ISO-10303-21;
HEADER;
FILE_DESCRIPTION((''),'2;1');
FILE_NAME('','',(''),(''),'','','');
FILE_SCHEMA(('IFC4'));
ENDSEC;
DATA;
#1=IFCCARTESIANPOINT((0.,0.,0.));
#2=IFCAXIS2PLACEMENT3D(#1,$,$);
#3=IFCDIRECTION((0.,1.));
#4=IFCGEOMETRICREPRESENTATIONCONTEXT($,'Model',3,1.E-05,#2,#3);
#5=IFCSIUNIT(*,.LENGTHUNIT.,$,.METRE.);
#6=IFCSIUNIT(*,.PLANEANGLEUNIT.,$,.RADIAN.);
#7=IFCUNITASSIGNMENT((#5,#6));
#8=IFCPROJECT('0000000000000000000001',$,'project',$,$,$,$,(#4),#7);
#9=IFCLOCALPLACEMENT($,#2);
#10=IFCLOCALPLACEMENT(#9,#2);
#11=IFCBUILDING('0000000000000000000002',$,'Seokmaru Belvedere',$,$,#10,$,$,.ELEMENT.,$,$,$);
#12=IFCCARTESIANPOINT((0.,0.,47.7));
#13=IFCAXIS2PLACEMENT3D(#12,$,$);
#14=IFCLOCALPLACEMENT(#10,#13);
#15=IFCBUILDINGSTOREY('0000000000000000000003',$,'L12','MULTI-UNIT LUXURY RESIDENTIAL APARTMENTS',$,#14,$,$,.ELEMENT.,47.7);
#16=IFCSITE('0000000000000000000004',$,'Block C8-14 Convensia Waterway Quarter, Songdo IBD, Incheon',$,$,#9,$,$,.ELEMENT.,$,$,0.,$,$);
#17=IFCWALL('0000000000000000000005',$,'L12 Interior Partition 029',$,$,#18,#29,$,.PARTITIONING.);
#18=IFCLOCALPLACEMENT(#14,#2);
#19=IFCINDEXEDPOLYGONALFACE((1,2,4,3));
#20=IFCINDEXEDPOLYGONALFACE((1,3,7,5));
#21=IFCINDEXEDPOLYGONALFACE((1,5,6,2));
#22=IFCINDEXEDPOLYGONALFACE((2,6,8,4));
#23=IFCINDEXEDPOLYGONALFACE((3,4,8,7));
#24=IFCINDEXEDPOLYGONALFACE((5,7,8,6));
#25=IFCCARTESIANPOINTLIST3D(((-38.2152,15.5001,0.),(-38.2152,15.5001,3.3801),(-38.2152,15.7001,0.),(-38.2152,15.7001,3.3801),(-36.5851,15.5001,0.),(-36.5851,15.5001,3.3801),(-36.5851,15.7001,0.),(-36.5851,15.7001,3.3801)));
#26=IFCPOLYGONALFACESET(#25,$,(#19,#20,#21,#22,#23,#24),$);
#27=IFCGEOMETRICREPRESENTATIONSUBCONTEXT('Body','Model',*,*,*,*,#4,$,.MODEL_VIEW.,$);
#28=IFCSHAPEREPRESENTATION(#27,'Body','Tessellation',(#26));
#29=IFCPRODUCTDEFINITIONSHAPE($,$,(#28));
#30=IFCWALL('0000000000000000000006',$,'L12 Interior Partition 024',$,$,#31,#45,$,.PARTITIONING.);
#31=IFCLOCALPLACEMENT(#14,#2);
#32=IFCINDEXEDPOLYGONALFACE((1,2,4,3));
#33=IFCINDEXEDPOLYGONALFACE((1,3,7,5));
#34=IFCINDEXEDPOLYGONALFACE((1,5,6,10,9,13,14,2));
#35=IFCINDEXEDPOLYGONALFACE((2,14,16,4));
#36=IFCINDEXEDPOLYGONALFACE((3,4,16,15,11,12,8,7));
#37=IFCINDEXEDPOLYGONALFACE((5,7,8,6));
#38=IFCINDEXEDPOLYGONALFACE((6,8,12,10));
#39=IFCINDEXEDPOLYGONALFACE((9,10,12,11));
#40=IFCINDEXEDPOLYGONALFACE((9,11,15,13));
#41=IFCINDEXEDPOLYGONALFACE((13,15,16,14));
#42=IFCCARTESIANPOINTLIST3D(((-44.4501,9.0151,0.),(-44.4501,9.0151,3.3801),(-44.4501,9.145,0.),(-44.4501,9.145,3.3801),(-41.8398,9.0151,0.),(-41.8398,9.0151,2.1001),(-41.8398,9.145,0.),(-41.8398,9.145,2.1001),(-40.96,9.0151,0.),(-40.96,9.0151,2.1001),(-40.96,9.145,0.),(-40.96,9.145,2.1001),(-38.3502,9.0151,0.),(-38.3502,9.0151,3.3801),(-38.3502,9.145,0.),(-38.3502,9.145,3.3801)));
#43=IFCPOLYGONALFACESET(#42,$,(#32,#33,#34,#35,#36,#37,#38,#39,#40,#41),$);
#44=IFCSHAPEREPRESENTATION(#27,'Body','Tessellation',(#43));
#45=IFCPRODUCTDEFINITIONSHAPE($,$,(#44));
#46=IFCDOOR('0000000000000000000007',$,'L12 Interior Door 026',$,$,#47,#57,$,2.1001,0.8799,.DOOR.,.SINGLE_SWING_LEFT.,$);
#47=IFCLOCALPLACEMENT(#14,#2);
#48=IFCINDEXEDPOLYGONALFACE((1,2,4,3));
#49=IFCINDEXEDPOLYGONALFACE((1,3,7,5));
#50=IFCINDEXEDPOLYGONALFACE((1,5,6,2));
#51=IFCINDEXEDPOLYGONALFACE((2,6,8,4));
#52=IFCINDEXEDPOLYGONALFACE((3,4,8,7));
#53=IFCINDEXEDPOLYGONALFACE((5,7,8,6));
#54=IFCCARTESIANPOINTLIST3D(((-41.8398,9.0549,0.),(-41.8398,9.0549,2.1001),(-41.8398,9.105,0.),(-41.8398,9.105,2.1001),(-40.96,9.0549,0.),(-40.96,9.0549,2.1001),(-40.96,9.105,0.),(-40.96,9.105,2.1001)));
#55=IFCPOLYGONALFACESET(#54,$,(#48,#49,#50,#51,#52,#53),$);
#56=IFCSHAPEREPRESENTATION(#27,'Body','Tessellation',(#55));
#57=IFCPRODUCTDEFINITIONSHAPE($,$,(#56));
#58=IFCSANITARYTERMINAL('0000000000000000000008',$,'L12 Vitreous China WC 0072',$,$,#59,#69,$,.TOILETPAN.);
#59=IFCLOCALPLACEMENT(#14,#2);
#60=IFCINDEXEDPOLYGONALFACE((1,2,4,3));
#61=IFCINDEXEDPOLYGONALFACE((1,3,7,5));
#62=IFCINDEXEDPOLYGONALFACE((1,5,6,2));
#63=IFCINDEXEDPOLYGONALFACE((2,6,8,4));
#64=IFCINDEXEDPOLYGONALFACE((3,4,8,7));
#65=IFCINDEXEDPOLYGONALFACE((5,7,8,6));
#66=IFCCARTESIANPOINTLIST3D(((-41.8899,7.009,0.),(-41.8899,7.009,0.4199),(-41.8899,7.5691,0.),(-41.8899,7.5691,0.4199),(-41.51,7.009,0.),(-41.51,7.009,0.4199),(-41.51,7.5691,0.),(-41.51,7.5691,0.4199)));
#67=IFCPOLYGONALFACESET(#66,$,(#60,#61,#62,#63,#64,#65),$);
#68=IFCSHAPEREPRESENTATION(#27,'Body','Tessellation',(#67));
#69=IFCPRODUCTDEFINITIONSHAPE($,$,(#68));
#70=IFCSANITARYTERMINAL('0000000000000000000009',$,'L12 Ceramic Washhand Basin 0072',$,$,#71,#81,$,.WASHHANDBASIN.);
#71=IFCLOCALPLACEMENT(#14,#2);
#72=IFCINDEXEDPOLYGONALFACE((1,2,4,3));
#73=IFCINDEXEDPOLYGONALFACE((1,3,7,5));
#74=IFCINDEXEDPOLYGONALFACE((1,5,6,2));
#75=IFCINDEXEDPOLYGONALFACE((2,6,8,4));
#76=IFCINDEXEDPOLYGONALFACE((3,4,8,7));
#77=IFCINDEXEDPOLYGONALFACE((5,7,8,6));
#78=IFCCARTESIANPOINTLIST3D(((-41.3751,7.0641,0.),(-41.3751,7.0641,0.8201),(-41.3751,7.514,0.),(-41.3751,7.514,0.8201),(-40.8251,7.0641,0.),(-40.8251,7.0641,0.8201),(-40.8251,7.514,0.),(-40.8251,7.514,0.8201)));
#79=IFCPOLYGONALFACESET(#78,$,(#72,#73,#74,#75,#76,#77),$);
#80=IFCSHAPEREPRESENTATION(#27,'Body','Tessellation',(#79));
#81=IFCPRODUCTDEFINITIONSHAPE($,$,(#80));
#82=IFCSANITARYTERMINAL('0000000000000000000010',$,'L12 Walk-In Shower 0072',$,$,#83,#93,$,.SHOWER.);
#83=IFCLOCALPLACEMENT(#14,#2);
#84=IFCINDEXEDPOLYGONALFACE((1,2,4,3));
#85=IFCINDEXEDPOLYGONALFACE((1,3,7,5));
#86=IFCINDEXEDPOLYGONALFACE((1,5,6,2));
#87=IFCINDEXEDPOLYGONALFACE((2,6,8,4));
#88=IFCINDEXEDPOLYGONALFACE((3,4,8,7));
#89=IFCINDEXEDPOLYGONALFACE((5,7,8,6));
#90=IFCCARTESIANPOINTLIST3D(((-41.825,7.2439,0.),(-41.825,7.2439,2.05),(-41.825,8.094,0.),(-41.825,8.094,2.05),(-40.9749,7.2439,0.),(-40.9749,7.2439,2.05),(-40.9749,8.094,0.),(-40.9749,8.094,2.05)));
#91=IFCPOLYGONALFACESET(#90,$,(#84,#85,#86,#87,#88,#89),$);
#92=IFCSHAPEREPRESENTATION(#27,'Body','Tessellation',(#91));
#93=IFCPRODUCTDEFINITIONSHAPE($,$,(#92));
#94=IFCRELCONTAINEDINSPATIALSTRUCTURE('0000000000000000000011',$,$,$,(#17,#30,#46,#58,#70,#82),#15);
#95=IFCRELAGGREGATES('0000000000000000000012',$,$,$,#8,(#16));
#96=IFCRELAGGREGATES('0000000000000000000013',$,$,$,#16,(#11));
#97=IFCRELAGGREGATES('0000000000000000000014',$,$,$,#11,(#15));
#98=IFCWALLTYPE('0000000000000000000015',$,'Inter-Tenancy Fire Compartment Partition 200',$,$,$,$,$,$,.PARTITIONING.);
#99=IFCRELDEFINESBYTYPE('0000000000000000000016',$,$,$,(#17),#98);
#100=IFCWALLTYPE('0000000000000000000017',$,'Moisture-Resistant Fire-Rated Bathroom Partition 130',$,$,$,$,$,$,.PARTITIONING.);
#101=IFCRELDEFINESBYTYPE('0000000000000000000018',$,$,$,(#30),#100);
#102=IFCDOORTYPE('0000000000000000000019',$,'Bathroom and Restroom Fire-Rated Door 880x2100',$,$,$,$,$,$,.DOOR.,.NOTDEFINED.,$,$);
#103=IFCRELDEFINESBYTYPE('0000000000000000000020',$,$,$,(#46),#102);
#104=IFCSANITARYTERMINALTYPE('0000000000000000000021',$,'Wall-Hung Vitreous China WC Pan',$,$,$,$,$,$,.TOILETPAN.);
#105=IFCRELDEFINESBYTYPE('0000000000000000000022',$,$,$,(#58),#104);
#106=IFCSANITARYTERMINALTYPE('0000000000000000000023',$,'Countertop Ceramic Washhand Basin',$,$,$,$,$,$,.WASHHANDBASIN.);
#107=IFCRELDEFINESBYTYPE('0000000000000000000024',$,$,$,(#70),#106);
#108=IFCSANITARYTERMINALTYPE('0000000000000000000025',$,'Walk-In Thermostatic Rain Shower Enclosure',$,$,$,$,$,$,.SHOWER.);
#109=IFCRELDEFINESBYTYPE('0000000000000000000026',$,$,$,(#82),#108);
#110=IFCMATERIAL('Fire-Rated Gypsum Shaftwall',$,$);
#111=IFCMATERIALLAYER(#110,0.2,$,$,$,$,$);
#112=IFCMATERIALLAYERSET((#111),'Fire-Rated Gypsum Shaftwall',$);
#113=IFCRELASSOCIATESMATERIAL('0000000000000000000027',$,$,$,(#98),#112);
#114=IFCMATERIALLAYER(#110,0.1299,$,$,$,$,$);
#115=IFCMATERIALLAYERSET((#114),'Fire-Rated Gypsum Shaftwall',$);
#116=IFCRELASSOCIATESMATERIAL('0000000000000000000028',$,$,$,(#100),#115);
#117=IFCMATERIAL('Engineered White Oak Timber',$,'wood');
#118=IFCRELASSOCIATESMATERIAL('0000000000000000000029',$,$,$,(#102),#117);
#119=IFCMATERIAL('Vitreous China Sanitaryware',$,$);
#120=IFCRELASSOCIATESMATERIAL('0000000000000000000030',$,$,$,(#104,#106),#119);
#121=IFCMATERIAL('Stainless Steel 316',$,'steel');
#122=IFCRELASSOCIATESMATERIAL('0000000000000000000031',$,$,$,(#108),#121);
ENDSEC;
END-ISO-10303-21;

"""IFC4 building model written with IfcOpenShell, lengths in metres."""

from ifc_helpers import new_model, si_unit, direction, frame, frame_2d, origin, origin_2d, place, context, subcontext, project, spatial, rectangle, extrude, source, transform, mapped, material, layer, layer_set, type_object, type_shapes, element, fill, save


model = new_model("IFC4")

# Units and contexts
model_context = context("Model", 3, precision=1e-05, world=origin(), true_north=direction((0.0, 1.0)))
body_context = subcontext(model_context, "Body", "Model", "MODEL_VIEW")
ifc_project = project(units=[si_unit("LENGTHUNIT", "METRE"), si_unit("PLANEANGLEUNIT", "RADIAN")], contexts=[model_context])

# Site, building, storey
site_placement = place(None, origin())
site = spatial("IfcSite", under=ifc_project, at=site_placement, Name="Block C8-14 Convensia Waterway Quarter, Songdo IBD, Incheon", CompositionType="ELEMENT", RefElevation=0.0)
building_placement = place(site_placement, origin())
building = spatial("IfcBuilding", under=site, at=building_placement, Name="Seokmaru Belvedere", CompositionType="ELEMENT")
storey_placement = place(building_placement, frame((0.0, 0.0, 47.7)))
storey = spatial("IfcBuildingStorey", under=building, at=storey_placement, Name="L12", Description="MULTI-UNIT LUXURY RESIDENTIAL APARTMENTS", CompositionType="ELEMENT", Elevation=47.7)

# Shared definitions
ifc_material_1 = material(Name="Fire-Rated Gypsum Shaftwall")

# Wall
ifc_layer_1 = layer(ifc_material_1, 0.2)
ifc_layer_set_1 = layer_set([ifc_layer_1], Name="Fire-Rated Gypsum Shaftwall")
wall_type_1 = type_object("IfcWallType", Name="Inter-Tenancy Fire Compartment Partition 200", PredefinedType="PARTITIONING", material=ifc_layer_set_1)
wall_1_placement = place(storey_placement, frame((-38.2151, 15.6001, 0.0), z_axis=(0.0, 0.0, 1.0), x_axis=(1.0, 0.0, 0.0)))
element("IfcWall", 1, at=wall_1_placement, inside=storey, type_object=wall_type_1, Name="L12 Interior Partition 029", PredefinedType="PARTITIONING", context=body_context, shape_type="SweptSolid", body=[
    extrude(rectangle(XDim=1.6301, YDim=0.2, at=frame_2d((0.8149, 0.0))), origin(), (0.0, 0.0, 1.0), 3.3801),
])

# Wall, opening, door
ifc_layer_2 = layer(ifc_material_1, 0.1299)
ifc_layer_set_2 = layer_set([ifc_layer_2], Name="Fire-Rated Gypsum Shaftwall")
wall_type_2 = type_object("IfcWallType", Name="Moisture-Resistant Fire-Rated Bathroom Partition 130", PredefinedType="PARTITIONING", material=ifc_layer_set_2)
wall_2_placement = place(storey_placement, frame((-44.45, 9.0801, 0.0), z_axis=(0.0, 0.0, 1.0), x_axis=(1.0, 0.0, 0.0)))
wall_2 = element("IfcWall", 2, at=wall_2_placement, inside=storey, type_object=wall_type_2, Name="L12 Interior Partition 024", PredefinedType="PARTITIONING", context=body_context, shape_type="SweptSolid", body=[
    extrude(rectangle(XDim=6.0999, YDim=0.1299, at=frame_2d((3.0498, 0.0))), origin(), (0.0, 0.0, 1.0), 3.3801),
])
opening_1_placement = place(wall_2_placement, frame((2.6101, 0.0, 0.0)))
opening_1 = element("IfcOpeningElement", 3, at=opening_1_placement, cuts=wall_2, PredefinedType="OPENING", context=body_context, shape_type="SweptSolid", body=[
    extrude(rectangle(XDim=0.8799, YDim=2.1001, at=frame_2d((0.4399, 1.05))), frame((0.0, 0.075, 0.0), z_axis=(0.0, -1.0, 0.0), x_axis=(1.0, 0.0, 0.0)), (0.0, 0.0, 1.0), 0.1499),
])
ifc_material_2 = material(Name="Engineered White Oak Timber", Category="wood")
door_type = type_object("IfcDoorType", Name="Bathroom and Restroom Fire-Rated Door 880x2100", OperationType="NOTDEFINED", PredefinedType="DOOR", material=ifc_material_2)
shared_shape_1 = source(origin(), body_context, "Body", "SweptSolid", [
    extrude(rectangle(XDim=0.8799, YDim=2.1001, at=frame_2d((0.4399, 1.05))), frame((0.0, 0.0249, 0.0), z_axis=(0.0, -1.0, 0.0), x_axis=(1.0, 0.0, 0.0)), (0.0, 0.0, 1.0), 0.05),
])
type_shapes(door_type, [shared_shape_1])
door_placement = place(opening_1_placement, origin())
door = element("IfcDoor", 4, at=door_placement, inside=storey, type_object=door_type, Name="L12 Interior Door 026", OperationType="SINGLE_SWING_LEFT", OverallHeight=2.1001, OverallWidth=0.8799, PredefinedType="DOOR", context=body_context, shape_type="MappedRepresentation", body=[
    mapped(shared_shape_1, transform((0.0, 0.0, 0.0), scale=1.0)),
])
fill(opening_1, door)

# Sanitary terminals
ifc_material_3 = material(Name="Vitreous China Sanitaryware")
sanitary_terminal_type_1 = type_object("IfcSanitaryTerminalType", Name="Wall-Hung Vitreous China WC Pan", PredefinedType="TOILETPAN", material=ifc_material_3)
shared_shape_2 = source(origin(), body_context, "Body", "SweptSolid", [
    extrude(rectangle(XDim=0.3799, YDim=0.5601, at=origin_2d()), origin(), (0.0, 0.0, 1.0), 0.4199),
])
type_shapes(sanitary_terminal_type_1, [shared_shape_2])
sanitary_terminal_1_placement = place(storey_placement, frame((-41.7, 7.2891, 0.0), z_axis=(0.0, 0.0, 1.0), x_axis=(1.0, 0.0, 0.0)))
element("IfcSanitaryTerminal", 5, at=sanitary_terminal_1_placement, inside=storey, type_object=sanitary_terminal_type_1, Name="L12 Vitreous China WC 0072", PredefinedType="TOILETPAN", context=body_context, shape_type="MappedRepresentation", body=[
    mapped(shared_shape_2, transform((0.0, 0.0, 0.0), scale=1.0)),
])
sanitary_terminal_type_2 = type_object("IfcSanitaryTerminalType", Name="Countertop Ceramic Washhand Basin", PredefinedType="WASHHANDBASIN", material=ifc_material_3)
shared_shape_3 = source(origin(), body_context, "Body", "SweptSolid", [
    extrude(rectangle(XDim=0.55, YDim=0.45, at=origin_2d()), origin(), (0.0, 0.0, 1.0), 0.8201),
])
type_shapes(sanitary_terminal_type_2, [shared_shape_3])
sanitary_terminal_2_placement = place(storey_placement, frame((-41.1001, 7.2891, 0.0), z_axis=(0.0, 0.0, 1.0), x_axis=(1.0, 0.0, 0.0)))
element("IfcSanitaryTerminal", 6, at=sanitary_terminal_2_placement, inside=storey, type_object=sanitary_terminal_type_2, Name="L12 Ceramic Washhand Basin 0072", PredefinedType="WASHHANDBASIN", context=body_context, shape_type="MappedRepresentation", body=[
    mapped(shared_shape_3, transform((0.0, 0.0, 0.0), scale=1.0)),
])
ifc_material_4 = material(Name="Stainless Steel 316", Category="steel")
sanitary_terminal_type_3 = type_object("IfcSanitaryTerminalType", Name="Walk-In Thermostatic Rain Shower Enclosure", PredefinedType="SHOWER", material=ifc_material_4)
shared_shape_4 = source(origin(), body_context, "Body", "SweptSolid", [
    extrude(rectangle(XDim=0.8501, YDim=0.8501, at=origin_2d()), origin(), (0.0, 0.0, 1.0), 2.05),
])
type_shapes(sanitary_terminal_type_3, [shared_shape_4])
sanitary_terminal_3_placement = place(storey_placement, frame((-41.3999, 7.6689, 0.0), z_axis=(0.0, 0.0, 1.0), x_axis=(1.0, 0.0, 0.0)))
element("IfcSanitaryTerminal", 7, at=sanitary_terminal_3_placement, inside=storey, type_object=sanitary_terminal_type_3, Name="L12 Walk-In Shower 0072", PredefinedType="SHOWER", context=body_context, shape_type="MappedRepresentation", body=[
    mapped(shared_shape_4, transform((0.0, 0.0, 0.0), scale=1.0)),
])

save(model, "model.ifc")
